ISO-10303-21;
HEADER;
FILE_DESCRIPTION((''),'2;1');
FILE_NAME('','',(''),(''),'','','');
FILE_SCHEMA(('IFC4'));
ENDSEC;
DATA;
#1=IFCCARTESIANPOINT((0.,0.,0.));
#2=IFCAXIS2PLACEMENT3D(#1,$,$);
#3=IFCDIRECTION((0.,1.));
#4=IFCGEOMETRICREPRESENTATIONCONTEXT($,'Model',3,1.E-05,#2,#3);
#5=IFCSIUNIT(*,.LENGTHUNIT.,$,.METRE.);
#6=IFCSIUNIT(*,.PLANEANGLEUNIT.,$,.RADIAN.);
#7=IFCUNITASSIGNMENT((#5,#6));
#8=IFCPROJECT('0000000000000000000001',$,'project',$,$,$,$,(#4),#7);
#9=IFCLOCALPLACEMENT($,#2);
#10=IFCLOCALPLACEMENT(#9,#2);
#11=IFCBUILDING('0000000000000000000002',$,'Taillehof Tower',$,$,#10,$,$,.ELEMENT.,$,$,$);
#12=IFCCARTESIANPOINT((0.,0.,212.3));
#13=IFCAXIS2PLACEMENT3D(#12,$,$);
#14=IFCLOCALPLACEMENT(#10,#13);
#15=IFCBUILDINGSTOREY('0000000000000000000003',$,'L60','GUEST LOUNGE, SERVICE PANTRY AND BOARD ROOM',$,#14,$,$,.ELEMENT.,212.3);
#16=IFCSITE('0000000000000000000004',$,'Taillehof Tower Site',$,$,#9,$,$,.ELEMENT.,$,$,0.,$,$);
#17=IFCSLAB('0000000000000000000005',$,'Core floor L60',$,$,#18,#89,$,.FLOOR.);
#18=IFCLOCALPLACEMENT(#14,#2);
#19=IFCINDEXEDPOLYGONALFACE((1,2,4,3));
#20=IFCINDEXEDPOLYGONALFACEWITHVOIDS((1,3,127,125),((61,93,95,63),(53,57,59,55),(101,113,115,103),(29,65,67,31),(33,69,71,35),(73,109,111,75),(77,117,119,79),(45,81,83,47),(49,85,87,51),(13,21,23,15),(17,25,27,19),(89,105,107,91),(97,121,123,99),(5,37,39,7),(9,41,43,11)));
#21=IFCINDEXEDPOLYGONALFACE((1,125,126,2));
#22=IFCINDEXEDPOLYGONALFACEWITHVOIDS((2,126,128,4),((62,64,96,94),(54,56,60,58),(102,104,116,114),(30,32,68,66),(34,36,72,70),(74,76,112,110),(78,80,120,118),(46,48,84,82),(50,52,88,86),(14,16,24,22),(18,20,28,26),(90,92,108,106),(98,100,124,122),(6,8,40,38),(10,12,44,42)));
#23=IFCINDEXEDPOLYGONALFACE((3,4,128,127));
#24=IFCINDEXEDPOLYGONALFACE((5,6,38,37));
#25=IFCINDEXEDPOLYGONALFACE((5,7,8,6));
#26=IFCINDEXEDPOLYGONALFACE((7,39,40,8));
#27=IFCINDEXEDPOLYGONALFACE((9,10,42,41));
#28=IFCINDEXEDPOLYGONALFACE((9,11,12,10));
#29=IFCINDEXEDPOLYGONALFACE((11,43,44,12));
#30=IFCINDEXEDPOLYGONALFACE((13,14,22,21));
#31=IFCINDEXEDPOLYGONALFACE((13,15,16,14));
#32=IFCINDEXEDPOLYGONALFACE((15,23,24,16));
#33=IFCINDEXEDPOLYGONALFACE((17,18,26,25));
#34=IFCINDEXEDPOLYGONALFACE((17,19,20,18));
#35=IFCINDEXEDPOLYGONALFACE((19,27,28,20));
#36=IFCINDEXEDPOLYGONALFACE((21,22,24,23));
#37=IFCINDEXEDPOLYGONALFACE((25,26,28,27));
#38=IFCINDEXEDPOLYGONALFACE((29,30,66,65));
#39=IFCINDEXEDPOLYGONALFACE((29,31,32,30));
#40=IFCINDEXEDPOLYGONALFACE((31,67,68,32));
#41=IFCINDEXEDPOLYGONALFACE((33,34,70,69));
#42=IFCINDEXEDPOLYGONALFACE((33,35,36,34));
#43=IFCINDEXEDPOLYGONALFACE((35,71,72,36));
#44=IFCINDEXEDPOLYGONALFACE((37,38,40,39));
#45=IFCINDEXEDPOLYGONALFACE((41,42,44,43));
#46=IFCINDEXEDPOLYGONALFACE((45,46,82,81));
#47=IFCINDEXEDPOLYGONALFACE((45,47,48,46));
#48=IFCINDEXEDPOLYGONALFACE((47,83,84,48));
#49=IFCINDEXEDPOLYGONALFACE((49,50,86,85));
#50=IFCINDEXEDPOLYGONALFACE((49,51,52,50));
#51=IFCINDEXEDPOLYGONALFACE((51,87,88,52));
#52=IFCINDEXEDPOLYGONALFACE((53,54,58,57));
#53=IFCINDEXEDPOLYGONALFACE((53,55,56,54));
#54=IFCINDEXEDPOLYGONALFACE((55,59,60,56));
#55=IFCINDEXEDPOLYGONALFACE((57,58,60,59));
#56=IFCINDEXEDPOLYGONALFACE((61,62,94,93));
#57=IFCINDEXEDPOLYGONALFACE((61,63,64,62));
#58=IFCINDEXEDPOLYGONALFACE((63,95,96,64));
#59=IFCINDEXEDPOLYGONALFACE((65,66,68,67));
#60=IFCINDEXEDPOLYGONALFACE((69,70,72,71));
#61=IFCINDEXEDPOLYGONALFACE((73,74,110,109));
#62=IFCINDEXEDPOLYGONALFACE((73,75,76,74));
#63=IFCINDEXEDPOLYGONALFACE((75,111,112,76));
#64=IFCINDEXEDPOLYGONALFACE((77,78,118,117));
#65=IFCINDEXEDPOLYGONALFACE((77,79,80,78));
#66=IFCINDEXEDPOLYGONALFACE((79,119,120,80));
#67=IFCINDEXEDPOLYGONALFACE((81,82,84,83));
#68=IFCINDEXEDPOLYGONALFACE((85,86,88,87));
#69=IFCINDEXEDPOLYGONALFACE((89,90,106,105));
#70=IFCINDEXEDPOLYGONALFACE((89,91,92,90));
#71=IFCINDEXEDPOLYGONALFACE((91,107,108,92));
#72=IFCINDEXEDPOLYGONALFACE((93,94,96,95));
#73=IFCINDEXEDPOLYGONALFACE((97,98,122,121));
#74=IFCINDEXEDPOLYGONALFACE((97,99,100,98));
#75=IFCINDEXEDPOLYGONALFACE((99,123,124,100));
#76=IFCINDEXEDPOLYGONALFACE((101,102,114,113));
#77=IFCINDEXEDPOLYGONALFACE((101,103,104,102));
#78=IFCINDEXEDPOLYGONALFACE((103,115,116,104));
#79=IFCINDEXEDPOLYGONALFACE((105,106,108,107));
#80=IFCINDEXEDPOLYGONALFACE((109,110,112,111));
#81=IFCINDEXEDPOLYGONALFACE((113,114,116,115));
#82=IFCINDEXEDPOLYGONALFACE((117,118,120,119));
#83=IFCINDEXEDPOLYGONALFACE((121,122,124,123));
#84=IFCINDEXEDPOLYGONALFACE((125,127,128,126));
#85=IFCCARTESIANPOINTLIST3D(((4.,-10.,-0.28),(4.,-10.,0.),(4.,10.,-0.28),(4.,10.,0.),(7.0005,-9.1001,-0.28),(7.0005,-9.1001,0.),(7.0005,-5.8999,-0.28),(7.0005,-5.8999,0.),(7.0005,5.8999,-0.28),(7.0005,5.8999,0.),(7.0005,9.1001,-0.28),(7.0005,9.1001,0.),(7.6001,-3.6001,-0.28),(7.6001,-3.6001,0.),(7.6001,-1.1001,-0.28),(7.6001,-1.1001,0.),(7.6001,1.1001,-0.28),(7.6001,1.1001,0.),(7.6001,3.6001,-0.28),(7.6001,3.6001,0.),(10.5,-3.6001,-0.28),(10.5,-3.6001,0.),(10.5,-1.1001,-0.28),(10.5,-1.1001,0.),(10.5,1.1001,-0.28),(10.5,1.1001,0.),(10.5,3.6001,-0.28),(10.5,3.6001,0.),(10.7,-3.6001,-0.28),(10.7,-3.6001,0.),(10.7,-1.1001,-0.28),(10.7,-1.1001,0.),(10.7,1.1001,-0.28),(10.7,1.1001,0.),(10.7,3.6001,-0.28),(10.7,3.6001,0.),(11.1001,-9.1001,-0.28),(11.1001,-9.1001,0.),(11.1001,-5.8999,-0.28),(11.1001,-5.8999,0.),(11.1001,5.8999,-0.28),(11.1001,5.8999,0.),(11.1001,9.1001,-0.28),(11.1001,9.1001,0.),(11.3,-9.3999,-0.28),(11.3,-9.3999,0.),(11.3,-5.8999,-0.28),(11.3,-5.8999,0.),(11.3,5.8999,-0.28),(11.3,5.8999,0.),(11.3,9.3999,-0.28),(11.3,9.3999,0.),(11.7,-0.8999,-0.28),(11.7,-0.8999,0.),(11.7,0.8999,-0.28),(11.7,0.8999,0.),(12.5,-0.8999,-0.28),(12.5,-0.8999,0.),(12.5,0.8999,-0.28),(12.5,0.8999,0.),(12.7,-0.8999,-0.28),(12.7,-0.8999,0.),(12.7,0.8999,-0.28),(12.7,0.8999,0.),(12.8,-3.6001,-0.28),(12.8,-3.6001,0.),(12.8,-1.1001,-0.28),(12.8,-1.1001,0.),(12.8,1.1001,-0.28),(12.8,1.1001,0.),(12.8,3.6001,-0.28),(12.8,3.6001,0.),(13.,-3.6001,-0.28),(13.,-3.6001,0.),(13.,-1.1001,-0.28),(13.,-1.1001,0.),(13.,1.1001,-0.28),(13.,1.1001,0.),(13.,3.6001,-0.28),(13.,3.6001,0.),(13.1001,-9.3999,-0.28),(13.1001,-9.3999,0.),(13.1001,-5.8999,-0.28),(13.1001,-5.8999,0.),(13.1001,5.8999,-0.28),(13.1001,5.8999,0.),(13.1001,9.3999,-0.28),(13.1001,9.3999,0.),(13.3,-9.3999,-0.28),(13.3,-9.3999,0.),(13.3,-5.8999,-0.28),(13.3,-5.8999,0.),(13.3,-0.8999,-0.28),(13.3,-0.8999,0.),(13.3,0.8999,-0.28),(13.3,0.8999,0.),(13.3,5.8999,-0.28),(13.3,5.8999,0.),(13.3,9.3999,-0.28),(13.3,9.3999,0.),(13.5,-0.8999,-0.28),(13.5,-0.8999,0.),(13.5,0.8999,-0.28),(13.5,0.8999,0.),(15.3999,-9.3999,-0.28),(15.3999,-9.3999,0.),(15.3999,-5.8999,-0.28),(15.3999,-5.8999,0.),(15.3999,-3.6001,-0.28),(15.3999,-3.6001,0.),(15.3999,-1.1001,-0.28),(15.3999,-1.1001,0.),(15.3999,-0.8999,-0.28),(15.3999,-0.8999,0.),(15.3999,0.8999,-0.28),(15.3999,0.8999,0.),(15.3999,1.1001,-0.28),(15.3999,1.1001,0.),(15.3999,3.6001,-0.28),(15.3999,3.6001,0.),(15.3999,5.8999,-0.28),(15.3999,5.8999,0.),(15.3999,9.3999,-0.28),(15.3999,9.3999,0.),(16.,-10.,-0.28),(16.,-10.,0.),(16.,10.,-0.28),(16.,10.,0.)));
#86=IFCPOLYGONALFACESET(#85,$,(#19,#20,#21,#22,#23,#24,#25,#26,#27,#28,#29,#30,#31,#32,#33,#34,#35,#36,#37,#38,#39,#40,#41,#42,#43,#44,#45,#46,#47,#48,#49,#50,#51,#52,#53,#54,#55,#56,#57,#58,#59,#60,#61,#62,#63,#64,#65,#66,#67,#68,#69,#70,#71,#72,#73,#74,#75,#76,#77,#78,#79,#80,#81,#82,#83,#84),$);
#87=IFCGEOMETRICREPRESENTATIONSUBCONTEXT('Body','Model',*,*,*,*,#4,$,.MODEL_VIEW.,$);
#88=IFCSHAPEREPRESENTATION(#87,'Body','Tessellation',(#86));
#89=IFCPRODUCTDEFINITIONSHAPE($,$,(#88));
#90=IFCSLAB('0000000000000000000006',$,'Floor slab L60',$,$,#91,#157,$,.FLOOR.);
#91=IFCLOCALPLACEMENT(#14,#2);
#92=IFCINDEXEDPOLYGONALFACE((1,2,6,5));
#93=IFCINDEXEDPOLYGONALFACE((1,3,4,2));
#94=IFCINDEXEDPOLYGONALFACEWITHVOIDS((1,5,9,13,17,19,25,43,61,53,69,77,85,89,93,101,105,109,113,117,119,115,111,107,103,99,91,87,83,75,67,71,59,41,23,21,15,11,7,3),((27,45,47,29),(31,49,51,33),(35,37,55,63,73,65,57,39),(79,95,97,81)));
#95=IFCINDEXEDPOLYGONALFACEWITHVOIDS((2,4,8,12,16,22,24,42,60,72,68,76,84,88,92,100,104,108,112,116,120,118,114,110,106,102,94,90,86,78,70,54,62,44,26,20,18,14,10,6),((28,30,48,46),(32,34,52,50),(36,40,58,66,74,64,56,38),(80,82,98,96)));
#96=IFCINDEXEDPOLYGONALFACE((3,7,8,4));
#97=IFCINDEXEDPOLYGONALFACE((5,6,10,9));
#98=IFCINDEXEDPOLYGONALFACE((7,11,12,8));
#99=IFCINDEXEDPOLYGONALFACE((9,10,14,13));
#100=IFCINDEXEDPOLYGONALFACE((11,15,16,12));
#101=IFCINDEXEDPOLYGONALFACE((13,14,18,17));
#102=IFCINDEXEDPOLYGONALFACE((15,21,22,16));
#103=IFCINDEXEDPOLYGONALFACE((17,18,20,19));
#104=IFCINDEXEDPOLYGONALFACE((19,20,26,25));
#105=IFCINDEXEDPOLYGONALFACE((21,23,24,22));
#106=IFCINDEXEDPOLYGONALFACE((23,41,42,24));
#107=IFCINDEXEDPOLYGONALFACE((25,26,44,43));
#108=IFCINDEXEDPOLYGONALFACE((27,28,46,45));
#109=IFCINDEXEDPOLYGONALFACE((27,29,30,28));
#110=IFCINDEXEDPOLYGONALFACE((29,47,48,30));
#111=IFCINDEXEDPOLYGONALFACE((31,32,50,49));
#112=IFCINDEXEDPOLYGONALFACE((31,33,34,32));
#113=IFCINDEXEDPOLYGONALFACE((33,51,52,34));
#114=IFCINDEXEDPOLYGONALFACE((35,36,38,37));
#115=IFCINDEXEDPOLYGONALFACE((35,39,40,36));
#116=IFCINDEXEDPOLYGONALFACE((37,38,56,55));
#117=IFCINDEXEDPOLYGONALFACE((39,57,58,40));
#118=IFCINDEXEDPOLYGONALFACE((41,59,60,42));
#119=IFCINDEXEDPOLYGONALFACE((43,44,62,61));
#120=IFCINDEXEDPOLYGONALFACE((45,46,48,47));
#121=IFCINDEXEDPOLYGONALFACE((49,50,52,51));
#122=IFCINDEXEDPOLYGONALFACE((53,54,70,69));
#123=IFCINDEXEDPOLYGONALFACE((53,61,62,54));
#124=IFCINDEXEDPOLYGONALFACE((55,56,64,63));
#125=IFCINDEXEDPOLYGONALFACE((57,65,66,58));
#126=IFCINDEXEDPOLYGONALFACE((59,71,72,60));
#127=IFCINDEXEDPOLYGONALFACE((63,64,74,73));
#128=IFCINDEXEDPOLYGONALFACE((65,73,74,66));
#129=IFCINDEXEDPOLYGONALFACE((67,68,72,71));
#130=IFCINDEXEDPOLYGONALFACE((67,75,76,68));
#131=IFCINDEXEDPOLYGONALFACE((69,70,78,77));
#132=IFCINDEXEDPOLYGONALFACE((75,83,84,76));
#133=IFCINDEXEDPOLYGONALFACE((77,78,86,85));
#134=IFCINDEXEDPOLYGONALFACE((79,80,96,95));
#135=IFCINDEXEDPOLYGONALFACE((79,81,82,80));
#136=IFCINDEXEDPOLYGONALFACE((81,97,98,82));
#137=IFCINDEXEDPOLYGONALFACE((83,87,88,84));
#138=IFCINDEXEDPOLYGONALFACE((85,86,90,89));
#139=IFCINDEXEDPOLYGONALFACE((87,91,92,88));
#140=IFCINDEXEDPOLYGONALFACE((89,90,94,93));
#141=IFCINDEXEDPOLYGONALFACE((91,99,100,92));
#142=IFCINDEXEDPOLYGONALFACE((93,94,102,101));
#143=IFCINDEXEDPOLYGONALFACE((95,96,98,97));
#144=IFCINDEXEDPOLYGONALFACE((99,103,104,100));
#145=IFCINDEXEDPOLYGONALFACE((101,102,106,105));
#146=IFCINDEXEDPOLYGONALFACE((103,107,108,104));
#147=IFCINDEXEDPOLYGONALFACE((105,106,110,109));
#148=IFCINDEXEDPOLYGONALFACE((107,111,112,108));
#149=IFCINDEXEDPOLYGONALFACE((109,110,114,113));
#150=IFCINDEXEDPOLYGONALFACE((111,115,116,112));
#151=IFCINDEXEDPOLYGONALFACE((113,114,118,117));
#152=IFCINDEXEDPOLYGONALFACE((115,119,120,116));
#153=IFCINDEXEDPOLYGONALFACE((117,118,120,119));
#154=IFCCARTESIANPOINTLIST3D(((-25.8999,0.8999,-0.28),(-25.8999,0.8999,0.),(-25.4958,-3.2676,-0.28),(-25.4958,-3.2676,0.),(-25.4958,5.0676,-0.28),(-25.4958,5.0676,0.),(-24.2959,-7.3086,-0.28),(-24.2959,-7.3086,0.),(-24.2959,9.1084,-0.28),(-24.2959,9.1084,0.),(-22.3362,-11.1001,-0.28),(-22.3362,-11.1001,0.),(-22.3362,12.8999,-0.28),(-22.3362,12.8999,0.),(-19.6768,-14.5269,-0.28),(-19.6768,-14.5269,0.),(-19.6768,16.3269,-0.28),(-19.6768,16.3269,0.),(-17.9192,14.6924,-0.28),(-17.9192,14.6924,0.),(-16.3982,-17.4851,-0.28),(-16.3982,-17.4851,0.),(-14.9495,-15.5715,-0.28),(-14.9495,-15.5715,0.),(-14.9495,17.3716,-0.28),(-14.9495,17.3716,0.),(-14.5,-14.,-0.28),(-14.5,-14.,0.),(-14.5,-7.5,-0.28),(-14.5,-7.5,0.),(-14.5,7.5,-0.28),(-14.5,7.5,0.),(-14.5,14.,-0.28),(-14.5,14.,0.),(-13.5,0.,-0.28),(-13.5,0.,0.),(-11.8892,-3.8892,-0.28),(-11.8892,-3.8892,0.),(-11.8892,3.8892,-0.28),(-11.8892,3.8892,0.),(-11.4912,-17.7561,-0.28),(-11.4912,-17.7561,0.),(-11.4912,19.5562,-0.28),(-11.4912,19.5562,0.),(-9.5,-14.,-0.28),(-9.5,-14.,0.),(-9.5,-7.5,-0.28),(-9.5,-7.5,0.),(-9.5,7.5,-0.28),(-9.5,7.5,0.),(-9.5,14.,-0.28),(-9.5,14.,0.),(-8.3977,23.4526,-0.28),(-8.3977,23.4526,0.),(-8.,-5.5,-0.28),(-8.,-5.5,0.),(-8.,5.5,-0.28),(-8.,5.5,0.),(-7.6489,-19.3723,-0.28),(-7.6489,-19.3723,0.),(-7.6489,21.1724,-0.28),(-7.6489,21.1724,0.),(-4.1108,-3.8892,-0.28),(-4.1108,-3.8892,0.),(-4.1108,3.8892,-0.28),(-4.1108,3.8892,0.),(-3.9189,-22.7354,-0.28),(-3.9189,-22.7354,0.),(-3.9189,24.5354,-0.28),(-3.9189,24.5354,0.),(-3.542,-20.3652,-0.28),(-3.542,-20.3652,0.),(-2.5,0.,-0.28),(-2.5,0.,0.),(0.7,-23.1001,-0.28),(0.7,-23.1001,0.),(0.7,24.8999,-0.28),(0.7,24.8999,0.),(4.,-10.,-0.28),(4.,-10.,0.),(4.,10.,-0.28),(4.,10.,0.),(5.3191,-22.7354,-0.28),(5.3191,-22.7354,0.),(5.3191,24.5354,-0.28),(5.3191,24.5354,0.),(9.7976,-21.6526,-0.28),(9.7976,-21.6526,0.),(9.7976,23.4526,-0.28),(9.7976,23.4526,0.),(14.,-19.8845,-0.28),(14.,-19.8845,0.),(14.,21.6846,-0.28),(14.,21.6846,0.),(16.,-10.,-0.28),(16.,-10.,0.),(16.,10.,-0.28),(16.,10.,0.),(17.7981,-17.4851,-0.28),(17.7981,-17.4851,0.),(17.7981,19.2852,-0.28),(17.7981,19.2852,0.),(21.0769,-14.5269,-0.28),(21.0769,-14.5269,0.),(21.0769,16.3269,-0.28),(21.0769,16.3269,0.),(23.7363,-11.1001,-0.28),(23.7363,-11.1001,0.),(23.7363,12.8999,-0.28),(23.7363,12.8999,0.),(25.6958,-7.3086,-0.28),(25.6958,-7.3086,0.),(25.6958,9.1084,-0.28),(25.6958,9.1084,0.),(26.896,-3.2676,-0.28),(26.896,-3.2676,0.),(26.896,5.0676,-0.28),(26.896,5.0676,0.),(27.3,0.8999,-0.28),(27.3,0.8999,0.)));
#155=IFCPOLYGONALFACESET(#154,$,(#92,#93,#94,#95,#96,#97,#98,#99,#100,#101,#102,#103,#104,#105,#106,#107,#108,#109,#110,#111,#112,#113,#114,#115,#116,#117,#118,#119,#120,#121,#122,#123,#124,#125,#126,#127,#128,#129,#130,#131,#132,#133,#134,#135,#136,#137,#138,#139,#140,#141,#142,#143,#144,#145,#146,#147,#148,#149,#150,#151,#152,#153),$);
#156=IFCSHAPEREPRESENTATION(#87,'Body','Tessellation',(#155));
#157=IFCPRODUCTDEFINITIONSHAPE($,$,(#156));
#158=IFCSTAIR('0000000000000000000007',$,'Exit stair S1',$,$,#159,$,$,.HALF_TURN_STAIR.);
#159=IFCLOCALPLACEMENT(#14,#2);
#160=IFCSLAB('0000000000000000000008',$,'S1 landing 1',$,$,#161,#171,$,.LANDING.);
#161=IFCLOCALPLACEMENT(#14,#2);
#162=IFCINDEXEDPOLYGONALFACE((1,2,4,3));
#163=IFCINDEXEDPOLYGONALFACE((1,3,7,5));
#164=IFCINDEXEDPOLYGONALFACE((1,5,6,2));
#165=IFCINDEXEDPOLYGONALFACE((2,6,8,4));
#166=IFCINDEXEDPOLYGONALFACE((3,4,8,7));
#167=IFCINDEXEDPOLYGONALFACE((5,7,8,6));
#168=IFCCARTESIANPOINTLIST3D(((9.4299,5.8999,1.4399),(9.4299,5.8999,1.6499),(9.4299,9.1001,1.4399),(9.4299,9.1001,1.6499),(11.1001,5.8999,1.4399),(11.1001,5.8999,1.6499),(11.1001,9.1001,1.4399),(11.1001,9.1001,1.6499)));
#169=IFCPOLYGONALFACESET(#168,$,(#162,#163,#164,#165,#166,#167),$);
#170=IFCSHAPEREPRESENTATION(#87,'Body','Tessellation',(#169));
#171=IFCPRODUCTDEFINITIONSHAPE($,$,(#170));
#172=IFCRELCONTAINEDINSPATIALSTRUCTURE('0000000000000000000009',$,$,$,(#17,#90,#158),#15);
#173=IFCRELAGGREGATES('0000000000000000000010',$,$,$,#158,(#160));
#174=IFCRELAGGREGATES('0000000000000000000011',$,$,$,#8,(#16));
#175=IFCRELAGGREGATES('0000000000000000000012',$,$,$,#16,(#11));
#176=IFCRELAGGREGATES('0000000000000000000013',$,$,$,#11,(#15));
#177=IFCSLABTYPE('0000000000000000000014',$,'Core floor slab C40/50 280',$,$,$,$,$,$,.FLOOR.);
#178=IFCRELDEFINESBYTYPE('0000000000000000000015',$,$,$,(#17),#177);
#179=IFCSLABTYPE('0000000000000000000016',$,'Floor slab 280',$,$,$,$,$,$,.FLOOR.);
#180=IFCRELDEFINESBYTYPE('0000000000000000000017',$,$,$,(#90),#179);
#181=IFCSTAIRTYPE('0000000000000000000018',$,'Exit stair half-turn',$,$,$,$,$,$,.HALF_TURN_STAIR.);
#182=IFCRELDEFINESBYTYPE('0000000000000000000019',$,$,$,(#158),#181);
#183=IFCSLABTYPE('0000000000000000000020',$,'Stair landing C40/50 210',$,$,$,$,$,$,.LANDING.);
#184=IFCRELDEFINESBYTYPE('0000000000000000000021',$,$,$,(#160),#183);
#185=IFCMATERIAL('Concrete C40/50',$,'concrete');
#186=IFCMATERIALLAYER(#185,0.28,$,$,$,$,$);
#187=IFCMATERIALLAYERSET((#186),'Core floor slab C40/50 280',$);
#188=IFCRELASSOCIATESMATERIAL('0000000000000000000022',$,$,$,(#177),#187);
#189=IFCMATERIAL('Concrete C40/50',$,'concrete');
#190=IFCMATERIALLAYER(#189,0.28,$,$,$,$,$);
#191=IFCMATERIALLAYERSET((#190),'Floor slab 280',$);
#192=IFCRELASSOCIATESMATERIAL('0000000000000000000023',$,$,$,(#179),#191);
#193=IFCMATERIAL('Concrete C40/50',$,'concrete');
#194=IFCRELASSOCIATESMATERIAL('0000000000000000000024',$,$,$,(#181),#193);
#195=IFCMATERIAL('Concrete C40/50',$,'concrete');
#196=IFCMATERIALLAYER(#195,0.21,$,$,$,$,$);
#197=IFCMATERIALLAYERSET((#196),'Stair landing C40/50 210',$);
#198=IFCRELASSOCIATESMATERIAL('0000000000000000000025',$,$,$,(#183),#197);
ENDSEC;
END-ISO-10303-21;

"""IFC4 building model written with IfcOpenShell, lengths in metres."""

from ifc_helpers import new_model, si_unit, direction, frame, origin, place, context, subcontext, project, spatial, polyline, outline, extrude, material, layer, layer_set, type_object, element, aggregate, save


model = new_model("IFC4")

# Units and contexts
model_context = context("Model", 3, precision=1e-05, world=origin(), true_north=direction((0.0, 1.0)))
body_context = subcontext(model_context, "Body", "Model", "MODEL_VIEW")
ifc_project = project(units=[si_unit("LENGTHUNIT", "METRE"), si_unit("PLANEANGLEUNIT", "RADIAN")], contexts=[model_context])

# Site, building, storey
site_placement = place(None, origin())
site = spatial("IfcSite", under=ifc_project, at=site_placement, Name="Taillehof Tower Site", CompositionType="ELEMENT", RefElevation=0.0)
building_placement = place(site_placement, origin())
building = spatial("IfcBuilding", under=site, at=building_placement, Name="Taillehof Tower", CompositionType="ELEMENT")
storey_placement = place(building_placement, frame((0.0, 0.0, 212.3)))
storey = spatial("IfcBuildingStorey", under=building, at=storey_placement, Name="L60", Description="GUEST LOUNGE, SERVICE PANTRY AND BOARD ROOM", CompositionType="ELEMENT", Elevation=212.3)

# Slabs
ifc_material_1 = material(Name="Concrete C40/50", Category="concrete")
ifc_layer_1 = layer(ifc_material_1, 0.28)
ifc_layer_set_1 = layer_set([ifc_layer_1], Name="Core floor slab C40/50 280")
slab_type_1 = type_object("IfcSlabType", Name="Core floor slab C40/50 280", PredefinedType="FLOOR", material=ifc_layer_set_1)
slab_1_placement = place(storey_placement, frame((0.0, 0.0, -0.28)))
element("IfcSlab", 1, at=slab_1_placement, inside=storey, type_object=slab_type_1, Name="Core floor L60", PredefinedType="FLOOR", context=body_context, shape_type="SweptSolid", body=[
    extrude(outline(polyline([(4.0, -10.0), (4.0, 10.0), (16.0, 10.0), (16.0, -10.0), (4.0, -10.0)]), holes=[polyline([(11.1001, -9.1001), (11.1001, -5.8999), (7.0005, -5.8999), (7.0005, -9.1001), (11.1001, -9.1001)]), polyline([(10.5, -3.6001), (10.5, -1.1001), (7.6001, -1.1001), (7.6001, -3.6001), (10.5, -3.6001)]), polyline([(12.8, -3.6001), (12.8, -1.1001), (10.7, -1.1001), (10.7, -3.6001), (12.8, -3.6001)]), polyline([(12.5, -0.8999), (12.5, 0.8999), (11.7, 0.8999), (11.7, -0.8999), (12.5, -0.8999)]), polyline([(10.5, 1.1001), (10.5, 3.6001), (7.6001, 3.6001), (7.6001, 1.1001), (10.5, 1.1001)]), polyline([(12.8, 1.1001), (12.8, 3.6001), (10.7, 3.6001), (10.7, 1.1001), (12.8, 1.1001)]), polyline([(11.1001, 5.8999), (11.1001, 9.1001), (7.0005, 9.1001), (7.0005, 5.8999), (11.1001, 5.8999)]), polyline([(13.1001, 5.8999), (13.1001, 9.3999), (11.3, 9.3999), (11.3, 5.8999), (13.1001, 5.8999)]), polyline([(13.1001, -9.3999), (13.1001, -5.8999), (11.3, -5.8999), (11.3, -9.3999), (13.1001, -9.3999)]), polyline([(15.3999, -9.3999), (15.3999, -5.8999), (13.3, -5.8999), (13.3, -9.3999), (15.3999, -9.3999)]), polyline([(15.3999, -3.6001), (15.3999, -1.1001), (13.0, -1.1001), (13.0, -3.6001), (15.3999, -3.6001)]), polyline([(13.3, -0.8999), (13.3, 0.8999), (12.7, 0.8999), (12.7, -0.8999), (13.3, -0.8999)]), polyline([(15.3999, -0.8999), (15.3999, 0.8999), (13.5, 0.8999), (13.5, -0.8999), (15.3999, -0.8999)]), polyline([(15.3999, 1.1001), (15.3999, 3.6001), (13.0, 3.6001), (13.0, 1.1001), (15.3999, 1.1001)]), polyline([(15.3999, 5.8999), (15.3999, 9.3999), (13.3, 9.3999), (13.3, 5.8999), (15.3999, 5.8999)])]), origin(), (0.0, 0.0, 1.0), 0.28),
])
ifc_material_2 = material(Name="Concrete C40/50", Category="concrete")
ifc_layer_2 = layer(ifc_material_2, 0.28)
ifc_layer_set_2 = layer_set([ifc_layer_2], Name="Floor slab 280")
slab_type_2 = type_object("IfcSlabType", Name="Floor slab 280", PredefinedType="FLOOR", material=ifc_layer_set_2)
slab_2_placement = place(storey_placement, frame((0.0, 0.0, -0.28)))
element("IfcSlab", 2, at=slab_2_placement, inside=storey, type_object=slab_type_2, Name="Floor slab L60", PredefinedType="FLOOR", context=body_context, shape_type="SweptSolid", body=[
    extrude(outline(polyline([(27.3, 0.8999), (26.896, 5.0676), (25.6958, 9.1084), (23.7363, 12.8999), (21.0769, 16.3269), (17.7981, 19.2852), (14.0, 21.6846), (9.7976, 23.4526), (5.3191, 24.5354), (0.7, 24.8999), (-3.9189, 24.5354), (-8.3977, 23.4526), (-7.6489, 21.1724), (-11.4912, 19.5562), (-14.9495, 17.3716), (-17.9192, 14.6924), (-19.6768, 16.3269), (-22.3362, 12.8999), (-24.2959, 9.1084), (-25.4958, 5.0676), (-25.8999, 0.8999), (-25.4958, -3.2676), (-24.2959, -7.3086), (-22.3362, -11.1001), (-19.6768, -14.5269), (-16.3982, -17.4851), (-14.9495, -15.5715), (-11.4912, -17.7561), (-7.6489, -19.3723), (-3.542, -20.3652), (-3.9189, -22.7354), (0.7, -23.1001), (5.3191, -22.7354), (9.7976, -21.6526), (14.0, -19.8845), (17.7981, -17.4851), (21.0769, -14.5269), (23.7363, -11.1001), (25.6958, -7.3086), (26.896, -3.2676), (27.3, 0.8999)]), holes=[polyline([(-14.5, -7.5), (-9.5, -7.5), (-9.5, -14.0), (-14.5, -14.0), (-14.5, -7.5)]), polyline([(-8.0, -5.5), (-11.8892, -3.8892), (-13.5, 0.0), (-11.8892, 3.8892), (-8.0, 5.5), (-4.1108, 3.8892), (-2.5, 0.0), (-4.1108, -3.8892), (-8.0, -5.5)]), polyline([(16.0, 10.0), (16.0, -10.0), (4.0, -10.0), (4.0, 10.0), (16.0, 10.0)]), polyline([(-14.5, 14.0), (-9.5, 14.0), (-9.5, 7.5), (-14.5, 7.5), (-14.5, 14.0)])]), origin(), (0.0, 0.0, 1.0), 0.28),
])

# Stair, slab
ifc_material_3 = material(Name="Concrete C40/50", Category="concrete")
stair_type = type_object("IfcStairType", Name="Exit stair half-turn", PredefinedType="HALF_TURN_STAIR", material=ifc_material_3)
stair_placement = place(storey_placement, origin())
stair = element("IfcStair", 3, at=stair_placement, inside=storey, type_object=stair_type, Name="Exit stair S1", PredefinedType="HALF_TURN_STAIR")
ifc_material_4 = material(Name="Concrete C40/50", Category="concrete")
ifc_layer_3 = layer(ifc_material_4, 0.21)
ifc_layer_set_3 = layer_set([ifc_layer_3], Name="Stair landing C40/50 210")
slab_type_3 = type_object("IfcSlabType", Name="Stair landing C40/50 210", PredefinedType="LANDING", material=ifc_layer_set_3)
slab_3_placement = place(storey_placement, frame((0.0, 0.0, 1.4399)))
slab_3 = element("IfcSlab", 4, at=slab_3_placement, type_object=slab_type_3, Name="S1 landing 1", PredefinedType="LANDING", context=body_context, shape_type="SweptSolid", body=[
    extrude(outline(polyline([(9.4299, 5.8999), (11.1001, 5.8999), (11.1001, 9.1001), (9.4299, 9.1001), (9.4299, 5.8999)])), origin(), (0.0, 0.0, 1.0), 0.21),
])
aggregate(stair, [slab_3])

save(model, "model.ifc")
